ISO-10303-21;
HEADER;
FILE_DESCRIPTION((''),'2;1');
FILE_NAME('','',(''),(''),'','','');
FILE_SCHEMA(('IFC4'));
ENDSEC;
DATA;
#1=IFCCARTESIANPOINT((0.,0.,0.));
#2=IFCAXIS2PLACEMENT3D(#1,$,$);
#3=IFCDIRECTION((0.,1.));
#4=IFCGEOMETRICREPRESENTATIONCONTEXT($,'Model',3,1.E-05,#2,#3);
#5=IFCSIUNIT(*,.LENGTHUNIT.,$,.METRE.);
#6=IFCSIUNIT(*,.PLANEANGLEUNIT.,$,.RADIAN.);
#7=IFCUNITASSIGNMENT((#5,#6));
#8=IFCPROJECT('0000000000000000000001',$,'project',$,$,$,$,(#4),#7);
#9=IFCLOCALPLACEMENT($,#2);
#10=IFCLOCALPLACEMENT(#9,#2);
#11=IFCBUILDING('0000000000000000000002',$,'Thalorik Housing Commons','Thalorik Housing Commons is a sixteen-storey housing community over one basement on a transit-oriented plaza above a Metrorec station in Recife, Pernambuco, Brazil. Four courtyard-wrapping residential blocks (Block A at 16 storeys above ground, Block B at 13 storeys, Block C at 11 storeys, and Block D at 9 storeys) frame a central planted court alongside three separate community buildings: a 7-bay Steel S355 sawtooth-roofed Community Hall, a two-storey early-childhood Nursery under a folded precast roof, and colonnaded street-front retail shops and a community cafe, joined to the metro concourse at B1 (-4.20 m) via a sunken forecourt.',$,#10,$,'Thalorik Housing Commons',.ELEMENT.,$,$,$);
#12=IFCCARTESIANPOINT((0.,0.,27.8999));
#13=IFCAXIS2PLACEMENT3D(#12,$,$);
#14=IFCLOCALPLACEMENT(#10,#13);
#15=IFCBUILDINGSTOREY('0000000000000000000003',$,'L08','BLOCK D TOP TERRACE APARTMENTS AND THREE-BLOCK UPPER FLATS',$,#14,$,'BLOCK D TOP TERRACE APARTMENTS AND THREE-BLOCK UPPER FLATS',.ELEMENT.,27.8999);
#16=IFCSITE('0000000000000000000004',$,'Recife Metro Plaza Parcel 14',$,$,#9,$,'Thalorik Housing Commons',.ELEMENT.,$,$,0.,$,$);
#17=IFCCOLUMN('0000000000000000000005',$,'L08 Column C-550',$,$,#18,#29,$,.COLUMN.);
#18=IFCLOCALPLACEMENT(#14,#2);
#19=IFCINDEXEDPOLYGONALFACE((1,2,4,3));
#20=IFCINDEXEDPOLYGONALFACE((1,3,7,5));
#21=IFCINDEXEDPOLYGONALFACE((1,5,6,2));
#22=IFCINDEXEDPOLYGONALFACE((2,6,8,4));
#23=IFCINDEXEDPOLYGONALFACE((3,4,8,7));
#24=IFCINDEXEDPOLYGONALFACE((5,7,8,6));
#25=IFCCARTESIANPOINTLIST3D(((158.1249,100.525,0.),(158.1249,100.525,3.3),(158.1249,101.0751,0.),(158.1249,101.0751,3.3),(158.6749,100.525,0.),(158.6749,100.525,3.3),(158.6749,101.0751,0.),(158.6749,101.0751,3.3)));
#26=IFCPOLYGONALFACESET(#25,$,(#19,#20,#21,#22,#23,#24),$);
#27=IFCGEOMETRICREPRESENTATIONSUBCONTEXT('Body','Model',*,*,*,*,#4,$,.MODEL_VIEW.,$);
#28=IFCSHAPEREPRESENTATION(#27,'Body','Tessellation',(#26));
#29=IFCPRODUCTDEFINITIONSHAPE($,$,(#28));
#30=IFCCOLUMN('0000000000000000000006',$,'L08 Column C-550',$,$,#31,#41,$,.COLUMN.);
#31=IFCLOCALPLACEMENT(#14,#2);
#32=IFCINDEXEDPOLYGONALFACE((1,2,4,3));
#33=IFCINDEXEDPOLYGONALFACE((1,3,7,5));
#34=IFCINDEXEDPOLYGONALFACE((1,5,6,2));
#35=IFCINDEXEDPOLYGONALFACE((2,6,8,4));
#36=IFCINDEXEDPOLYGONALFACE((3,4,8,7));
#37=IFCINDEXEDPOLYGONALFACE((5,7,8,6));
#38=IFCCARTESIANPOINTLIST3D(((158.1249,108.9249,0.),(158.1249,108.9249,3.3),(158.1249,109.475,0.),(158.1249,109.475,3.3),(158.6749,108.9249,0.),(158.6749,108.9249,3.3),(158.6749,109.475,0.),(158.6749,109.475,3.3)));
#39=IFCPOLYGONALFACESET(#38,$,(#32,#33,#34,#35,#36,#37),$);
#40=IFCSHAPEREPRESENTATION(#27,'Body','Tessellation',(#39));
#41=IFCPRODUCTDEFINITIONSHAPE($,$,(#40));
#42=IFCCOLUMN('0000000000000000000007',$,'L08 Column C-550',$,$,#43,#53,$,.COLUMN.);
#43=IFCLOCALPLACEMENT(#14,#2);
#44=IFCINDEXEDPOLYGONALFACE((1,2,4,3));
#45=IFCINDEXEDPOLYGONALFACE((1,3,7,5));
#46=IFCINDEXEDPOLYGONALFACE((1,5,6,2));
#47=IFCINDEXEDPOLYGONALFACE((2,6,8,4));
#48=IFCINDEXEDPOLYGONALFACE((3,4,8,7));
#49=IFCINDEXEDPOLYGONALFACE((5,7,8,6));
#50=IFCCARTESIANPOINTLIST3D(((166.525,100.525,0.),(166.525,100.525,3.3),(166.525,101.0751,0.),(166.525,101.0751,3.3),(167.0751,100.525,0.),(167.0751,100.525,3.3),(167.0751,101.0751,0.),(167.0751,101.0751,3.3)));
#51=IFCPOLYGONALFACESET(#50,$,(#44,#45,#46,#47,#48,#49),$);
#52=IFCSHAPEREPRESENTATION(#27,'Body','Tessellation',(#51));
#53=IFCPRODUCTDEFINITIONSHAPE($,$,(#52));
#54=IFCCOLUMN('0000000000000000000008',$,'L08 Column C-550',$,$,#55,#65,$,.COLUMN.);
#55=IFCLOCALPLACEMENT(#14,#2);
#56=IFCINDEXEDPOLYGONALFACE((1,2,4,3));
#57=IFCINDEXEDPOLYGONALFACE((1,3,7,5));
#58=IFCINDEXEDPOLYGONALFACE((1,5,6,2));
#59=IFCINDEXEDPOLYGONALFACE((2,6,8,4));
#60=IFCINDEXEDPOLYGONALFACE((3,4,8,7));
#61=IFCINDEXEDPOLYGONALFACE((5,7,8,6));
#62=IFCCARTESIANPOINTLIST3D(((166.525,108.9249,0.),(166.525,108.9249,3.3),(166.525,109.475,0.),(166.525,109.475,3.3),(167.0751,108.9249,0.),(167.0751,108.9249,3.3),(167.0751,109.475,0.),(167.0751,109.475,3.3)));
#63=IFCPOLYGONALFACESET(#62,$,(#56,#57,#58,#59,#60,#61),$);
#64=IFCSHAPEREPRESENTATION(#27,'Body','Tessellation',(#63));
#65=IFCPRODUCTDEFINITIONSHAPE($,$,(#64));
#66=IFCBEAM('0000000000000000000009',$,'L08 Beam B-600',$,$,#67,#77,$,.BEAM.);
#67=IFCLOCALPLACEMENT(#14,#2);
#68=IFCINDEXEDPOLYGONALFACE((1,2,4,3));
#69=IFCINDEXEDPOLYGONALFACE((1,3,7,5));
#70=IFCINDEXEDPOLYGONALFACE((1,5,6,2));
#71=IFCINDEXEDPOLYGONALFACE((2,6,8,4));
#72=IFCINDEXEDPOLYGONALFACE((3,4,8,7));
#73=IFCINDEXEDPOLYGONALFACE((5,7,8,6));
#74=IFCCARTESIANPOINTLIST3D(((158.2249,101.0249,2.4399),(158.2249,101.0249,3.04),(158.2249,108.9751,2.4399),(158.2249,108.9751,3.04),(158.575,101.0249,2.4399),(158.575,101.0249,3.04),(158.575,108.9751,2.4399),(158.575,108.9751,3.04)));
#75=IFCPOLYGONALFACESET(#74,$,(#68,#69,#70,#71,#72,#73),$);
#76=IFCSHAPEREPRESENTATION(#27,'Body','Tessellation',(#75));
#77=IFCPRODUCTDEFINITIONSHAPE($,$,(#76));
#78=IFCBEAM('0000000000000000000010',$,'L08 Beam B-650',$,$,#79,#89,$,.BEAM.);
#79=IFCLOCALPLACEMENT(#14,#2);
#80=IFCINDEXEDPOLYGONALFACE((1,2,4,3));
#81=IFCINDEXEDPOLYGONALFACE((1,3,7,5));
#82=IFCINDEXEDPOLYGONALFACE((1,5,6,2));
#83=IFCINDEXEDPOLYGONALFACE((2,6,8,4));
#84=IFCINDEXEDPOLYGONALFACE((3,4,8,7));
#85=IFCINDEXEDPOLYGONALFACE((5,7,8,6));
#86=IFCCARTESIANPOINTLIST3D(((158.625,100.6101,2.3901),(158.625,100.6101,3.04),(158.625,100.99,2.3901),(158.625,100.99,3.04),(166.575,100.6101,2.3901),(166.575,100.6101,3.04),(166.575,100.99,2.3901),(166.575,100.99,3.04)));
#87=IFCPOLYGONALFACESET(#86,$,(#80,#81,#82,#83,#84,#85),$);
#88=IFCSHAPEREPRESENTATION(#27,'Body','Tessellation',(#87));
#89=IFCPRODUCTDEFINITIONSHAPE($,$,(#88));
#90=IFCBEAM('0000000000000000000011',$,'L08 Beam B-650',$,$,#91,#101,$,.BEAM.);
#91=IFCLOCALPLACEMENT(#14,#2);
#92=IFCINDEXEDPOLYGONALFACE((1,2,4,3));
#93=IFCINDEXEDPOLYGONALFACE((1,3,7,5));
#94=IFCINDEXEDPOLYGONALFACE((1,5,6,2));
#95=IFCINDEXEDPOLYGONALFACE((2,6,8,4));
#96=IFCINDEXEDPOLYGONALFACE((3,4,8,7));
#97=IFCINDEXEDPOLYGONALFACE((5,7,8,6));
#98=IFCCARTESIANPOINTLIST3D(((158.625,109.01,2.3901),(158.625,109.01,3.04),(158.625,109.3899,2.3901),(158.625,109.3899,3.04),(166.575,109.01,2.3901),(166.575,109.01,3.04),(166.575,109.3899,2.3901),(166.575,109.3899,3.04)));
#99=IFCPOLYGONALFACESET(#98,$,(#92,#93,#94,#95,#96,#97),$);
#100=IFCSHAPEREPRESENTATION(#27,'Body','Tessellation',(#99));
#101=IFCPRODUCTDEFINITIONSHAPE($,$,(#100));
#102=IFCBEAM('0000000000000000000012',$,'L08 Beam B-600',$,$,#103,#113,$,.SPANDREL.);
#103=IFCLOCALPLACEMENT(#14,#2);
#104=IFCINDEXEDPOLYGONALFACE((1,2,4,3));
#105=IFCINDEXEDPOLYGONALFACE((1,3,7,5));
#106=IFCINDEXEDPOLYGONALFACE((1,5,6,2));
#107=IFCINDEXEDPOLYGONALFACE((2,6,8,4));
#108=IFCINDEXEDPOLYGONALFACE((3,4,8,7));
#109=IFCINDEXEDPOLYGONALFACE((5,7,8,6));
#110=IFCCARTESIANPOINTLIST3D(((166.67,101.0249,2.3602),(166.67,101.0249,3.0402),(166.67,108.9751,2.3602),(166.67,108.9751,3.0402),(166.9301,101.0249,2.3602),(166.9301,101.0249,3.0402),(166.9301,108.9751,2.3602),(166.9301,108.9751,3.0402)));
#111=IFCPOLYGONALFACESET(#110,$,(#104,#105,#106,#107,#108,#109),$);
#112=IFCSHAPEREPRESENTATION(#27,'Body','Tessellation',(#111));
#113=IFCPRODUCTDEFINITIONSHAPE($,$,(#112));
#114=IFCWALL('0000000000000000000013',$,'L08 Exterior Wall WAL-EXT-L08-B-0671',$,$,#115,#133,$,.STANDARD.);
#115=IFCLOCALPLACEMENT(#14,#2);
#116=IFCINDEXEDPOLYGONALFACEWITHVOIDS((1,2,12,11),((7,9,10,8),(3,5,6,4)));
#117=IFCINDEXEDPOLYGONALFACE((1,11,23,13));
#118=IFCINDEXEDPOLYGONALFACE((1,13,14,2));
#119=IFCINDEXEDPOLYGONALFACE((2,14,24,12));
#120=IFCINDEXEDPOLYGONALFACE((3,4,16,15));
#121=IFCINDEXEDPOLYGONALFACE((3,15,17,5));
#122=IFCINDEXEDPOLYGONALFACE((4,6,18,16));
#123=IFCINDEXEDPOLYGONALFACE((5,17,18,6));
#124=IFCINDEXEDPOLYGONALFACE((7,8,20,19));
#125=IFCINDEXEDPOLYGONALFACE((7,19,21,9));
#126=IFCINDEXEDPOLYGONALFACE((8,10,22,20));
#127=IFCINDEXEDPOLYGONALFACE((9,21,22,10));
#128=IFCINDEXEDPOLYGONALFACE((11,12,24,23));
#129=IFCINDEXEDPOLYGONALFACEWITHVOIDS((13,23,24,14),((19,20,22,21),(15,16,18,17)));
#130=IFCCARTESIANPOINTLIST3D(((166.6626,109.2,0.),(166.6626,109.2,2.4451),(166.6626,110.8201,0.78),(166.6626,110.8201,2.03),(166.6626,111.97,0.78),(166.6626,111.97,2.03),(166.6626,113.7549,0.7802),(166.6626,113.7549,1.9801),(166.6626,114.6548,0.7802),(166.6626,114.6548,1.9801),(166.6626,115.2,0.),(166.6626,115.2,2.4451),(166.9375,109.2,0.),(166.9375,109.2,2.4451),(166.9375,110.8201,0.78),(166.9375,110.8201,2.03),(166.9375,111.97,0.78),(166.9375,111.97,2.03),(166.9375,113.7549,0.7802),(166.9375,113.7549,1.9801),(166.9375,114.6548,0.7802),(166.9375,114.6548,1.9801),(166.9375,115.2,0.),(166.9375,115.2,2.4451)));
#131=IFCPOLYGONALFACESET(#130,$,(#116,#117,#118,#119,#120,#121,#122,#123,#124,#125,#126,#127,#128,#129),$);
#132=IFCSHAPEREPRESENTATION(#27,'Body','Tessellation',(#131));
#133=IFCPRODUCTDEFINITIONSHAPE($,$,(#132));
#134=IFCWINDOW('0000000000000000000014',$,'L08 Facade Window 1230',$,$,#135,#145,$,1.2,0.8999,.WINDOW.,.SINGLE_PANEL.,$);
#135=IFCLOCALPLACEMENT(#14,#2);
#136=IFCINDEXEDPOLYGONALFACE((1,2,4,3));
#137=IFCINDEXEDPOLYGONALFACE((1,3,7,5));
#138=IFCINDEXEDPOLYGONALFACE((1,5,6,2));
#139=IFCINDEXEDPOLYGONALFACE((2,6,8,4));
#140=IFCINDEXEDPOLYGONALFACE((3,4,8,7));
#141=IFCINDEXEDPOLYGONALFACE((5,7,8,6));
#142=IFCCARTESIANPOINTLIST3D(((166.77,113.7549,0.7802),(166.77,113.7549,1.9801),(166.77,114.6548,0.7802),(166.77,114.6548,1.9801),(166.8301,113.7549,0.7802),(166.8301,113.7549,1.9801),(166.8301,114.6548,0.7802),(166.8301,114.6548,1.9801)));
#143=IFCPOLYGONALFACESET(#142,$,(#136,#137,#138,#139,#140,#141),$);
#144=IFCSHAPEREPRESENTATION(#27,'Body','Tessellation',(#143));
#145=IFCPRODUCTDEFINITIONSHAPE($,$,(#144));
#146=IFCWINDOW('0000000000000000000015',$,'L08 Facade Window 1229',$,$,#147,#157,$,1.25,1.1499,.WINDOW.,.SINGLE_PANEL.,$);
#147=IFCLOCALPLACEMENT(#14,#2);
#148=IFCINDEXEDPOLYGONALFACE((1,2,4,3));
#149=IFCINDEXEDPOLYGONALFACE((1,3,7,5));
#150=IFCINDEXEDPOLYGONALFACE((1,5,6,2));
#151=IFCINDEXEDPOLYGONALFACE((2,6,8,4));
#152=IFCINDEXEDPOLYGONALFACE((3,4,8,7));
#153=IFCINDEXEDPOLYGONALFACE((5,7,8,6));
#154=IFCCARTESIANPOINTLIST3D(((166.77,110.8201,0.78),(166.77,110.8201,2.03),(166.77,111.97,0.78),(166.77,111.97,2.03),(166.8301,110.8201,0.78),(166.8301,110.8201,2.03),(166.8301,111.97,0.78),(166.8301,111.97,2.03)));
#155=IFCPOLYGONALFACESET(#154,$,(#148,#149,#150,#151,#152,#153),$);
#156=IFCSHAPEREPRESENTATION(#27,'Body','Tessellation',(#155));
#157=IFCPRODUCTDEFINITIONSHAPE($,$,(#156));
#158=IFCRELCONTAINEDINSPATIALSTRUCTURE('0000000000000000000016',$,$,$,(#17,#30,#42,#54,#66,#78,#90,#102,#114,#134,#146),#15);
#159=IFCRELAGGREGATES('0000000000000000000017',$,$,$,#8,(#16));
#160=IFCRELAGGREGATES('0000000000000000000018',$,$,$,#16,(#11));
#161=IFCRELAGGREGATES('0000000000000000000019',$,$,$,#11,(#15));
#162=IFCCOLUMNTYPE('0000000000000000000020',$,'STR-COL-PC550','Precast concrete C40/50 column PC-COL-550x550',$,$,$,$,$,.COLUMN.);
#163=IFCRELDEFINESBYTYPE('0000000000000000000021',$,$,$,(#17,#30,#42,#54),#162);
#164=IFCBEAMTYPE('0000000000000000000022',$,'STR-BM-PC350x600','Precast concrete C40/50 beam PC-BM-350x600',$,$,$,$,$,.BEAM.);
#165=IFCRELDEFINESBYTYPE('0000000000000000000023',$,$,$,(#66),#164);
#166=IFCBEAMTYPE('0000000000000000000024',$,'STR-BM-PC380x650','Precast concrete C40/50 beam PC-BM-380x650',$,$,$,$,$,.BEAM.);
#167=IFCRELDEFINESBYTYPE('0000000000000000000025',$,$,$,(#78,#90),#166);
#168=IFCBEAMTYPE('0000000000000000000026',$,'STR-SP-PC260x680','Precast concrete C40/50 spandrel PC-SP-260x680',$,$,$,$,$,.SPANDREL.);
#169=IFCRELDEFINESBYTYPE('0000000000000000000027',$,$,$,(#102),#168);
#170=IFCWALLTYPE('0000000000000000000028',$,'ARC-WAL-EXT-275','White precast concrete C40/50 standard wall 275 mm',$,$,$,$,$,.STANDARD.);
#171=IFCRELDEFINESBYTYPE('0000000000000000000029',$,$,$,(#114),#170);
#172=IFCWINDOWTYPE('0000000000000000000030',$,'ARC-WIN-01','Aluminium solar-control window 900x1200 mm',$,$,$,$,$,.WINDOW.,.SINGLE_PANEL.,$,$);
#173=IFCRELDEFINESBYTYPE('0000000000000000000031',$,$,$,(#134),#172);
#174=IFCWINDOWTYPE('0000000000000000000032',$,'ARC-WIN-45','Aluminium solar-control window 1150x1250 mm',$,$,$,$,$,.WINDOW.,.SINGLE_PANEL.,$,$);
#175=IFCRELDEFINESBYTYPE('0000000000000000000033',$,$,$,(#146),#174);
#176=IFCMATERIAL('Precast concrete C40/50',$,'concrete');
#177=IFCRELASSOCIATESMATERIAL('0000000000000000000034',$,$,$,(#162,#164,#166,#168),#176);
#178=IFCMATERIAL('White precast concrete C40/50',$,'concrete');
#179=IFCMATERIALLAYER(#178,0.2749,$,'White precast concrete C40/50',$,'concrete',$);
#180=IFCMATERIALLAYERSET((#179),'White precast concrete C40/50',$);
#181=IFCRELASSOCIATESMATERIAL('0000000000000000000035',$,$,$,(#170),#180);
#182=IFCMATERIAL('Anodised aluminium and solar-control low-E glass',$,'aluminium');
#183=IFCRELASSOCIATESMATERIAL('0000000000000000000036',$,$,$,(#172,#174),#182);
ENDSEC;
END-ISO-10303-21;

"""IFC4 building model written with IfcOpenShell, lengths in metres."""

from ifc_helpers import new_model, si_unit, direction, frame, frame_2d, origin, origin_2d, place, context, subcontext, project, spatial, rectangle, extrude, material, layer, layer_set, material_profile, profile_set, type_object, element, fill, save


model = new_model("IFC4")

# Units and contexts
model_context = context("Model", 3, precision=1e-05, world=origin(), true_north=direction((0.0, 1.0)))
body_context = subcontext(model_context, "Body", "Model", "MODEL_VIEW")
ifc_project = project(units=[si_unit("LENGTHUNIT", "METRE"), si_unit("PLANEANGLEUNIT", "RADIAN")], contexts=[model_context])

# Site, building, storey
site_placement = place(None, origin())
site = spatial("IfcSite", under=ifc_project, at=site_placement, Name="Recife Metro Plaza Parcel 14", LongName="Thalorik Housing Commons", CompositionType="ELEMENT", RefElevation=0.0)
building_placement = place(site_placement, origin())
building = spatial("IfcBuilding", under=site, at=building_placement, Name="Thalorik Housing Commons", Description="Thalorik Housing Commons is a sixteen-storey housing community over one basement on a transit-oriented plaza above a Metrorec station in Recife, Pernambuco, Brazil. Four courtyard-wrapping residential blocks (Block A at 16 storeys above ground, Block B at 13 storeys, Block C at 11 storeys, and Block D at 9 storeys) frame a central planted court alongside three separate community buildings: a 7-bay Steel S355 sawtooth-roofed Community Hall, a two-storey early-childhood Nursery under a folded precast roof, and colonnaded street-front retail shops and a community cafe, joined to the metro concourse at B1 (-4.20 m) via a sunken forecourt.", LongName="Thalorik Housing Commons", CompositionType="ELEMENT")
storey_placement = place(building_placement, frame((0.0, 0.0, 27.8999)))
storey = spatial("IfcBuildingStorey", under=building, at=storey_placement, Name="L08", Description="BLOCK D TOP TERRACE APARTMENTS AND THREE-BLOCK UPPER FLATS", LongName="BLOCK D TOP TERRACE APARTMENTS AND THREE-BLOCK UPPER FLATS", CompositionType="ELEMENT", Elevation=27.8999)

# Columns
ifc_material_1 = material(Name="Precast concrete C40/50", Category="concrete")
ifc_material_profile_1 = material_profile(ifc_material_1, rectangle(XDim=0.55, YDim=0.55, at=origin_2d()), Name="PC 550x550", Category="concrete")
ifc_profile_set_1 = profile_set([ifc_material_profile_1], Name="Precast concrete C40/50")
column_type = type_object("IfcColumnType", Name="STR-COL-PC550", Description="Precast concrete C40/50 column PC-COL-550x550", PredefinedType="COLUMN", material=ifc_profile_set_1)
for number, where, z_axis, x_axis, name in (
    (1, (158.3999, 100.8, 0.0), (0.0, 0.0, 1.0), (1.0, 0.0, 0.0), "L08 Column C-550"),
    (2, (158.3999, 109.2, 0.0), (0.0, 0.0, 1.0), (1.0, 0.0, 0.0), "L08 Column C-550"),
    (3, (166.8, 100.8, 0.0), (0.0, 0.0, 1.0), (1.0, 0.0, 0.0), "L08 Column C-550"),
    (4, (166.8, 109.2, 0.0), (0.0, 0.0, 1.0), (1.0, 0.0, 0.0), "L08 Column C-550"),
):
    element("IfcColumn", number, at=place(storey_placement, frame(where, z_axis=z_axis, x_axis=x_axis)), inside=storey, type_object=column_type, Name=name, PredefinedType="COLUMN", context=body_context, shape_type="SweptSolid", body=[
        extrude(rectangle(XDim=0.55, YDim=0.55, at=origin_2d()), origin(), (0.0, 0.0, 1.0), 3.3),
    ])

# Beams
ifc_material_profile_2 = material_profile(ifc_material_1, rectangle(XDim=0.3501, YDim=0.6001, at=origin_2d()), Name="PC 350x600", Category="concrete")
ifc_profile_set_2 = profile_set([ifc_material_profile_2], Name="Precast concrete C40/50")
beam_type_1 = type_object("IfcBeamType", Name="STR-BM-PC350x600", Description="Precast concrete C40/50 beam PC-BM-350x600", PredefinedType="BEAM", material=ifc_profile_set_2)
beam_1_placement = place(storey_placement, frame((158.3999, 101.0249, 2.74), z_axis=(0.0, 1.0, 0.0), x_axis=(-1.0, 0.0, 0.0)))
element("IfcBeam", 5, at=beam_1_placement, inside=storey, type_object=beam_type_1, Name="L08 Beam B-600", PredefinedType="BEAM", context=body_context, shape_type="SweptSolid", body=[
    extrude(rectangle(XDim=0.3501, YDim=0.6001, at=origin_2d()), origin(), (0.0, 0.0, 1.0), 7.9502),
])
ifc_material_profile_3 = material_profile(ifc_material_1, rectangle(XDim=0.3799, YDim=0.6499, at=origin_2d()), Name="PC 380x650", Category="concrete")
ifc_profile_set_3 = profile_set([ifc_material_profile_3], Name="Precast concrete C40/50")
beam_type_2 = type_object("IfcBeamType", Name="STR-BM-PC380x650", Description="Precast concrete C40/50 beam PC-BM-380x650", PredefinedType="BEAM", material=ifc_profile_set_3)
for number, where, z_axis, x_axis, name in (
    (6, (158.625, 100.8, 2.7151), (1.0, 0.0, 0.0), (0.0, 1.0, 0.0), "L08 Beam B-650"),
    (7, (158.625, 109.2, 2.7151), (1.0, 0.0, 0.0), (0.0, 1.0, 0.0), "L08 Beam B-650"),
):
    element("IfcBeam", number, at=place(storey_placement, frame(where, z_axis=z_axis, x_axis=x_axis)), inside=storey, type_object=beam_type_2, Name=name, PredefinedType="BEAM", context=body_context, shape_type="SweptSolid", body=[
        extrude(rectangle(XDim=0.3799, YDim=0.6499, at=origin_2d()), origin(), (0.0, 0.0, 1.0), 7.95),
    ])
ifc_material_profile_4 = material_profile(ifc_material_1, rectangle(XDim=0.26, YDim=0.6799, at=origin_2d()), Name="PC SP 260x680", Category="concrete")
ifc_profile_set_4 = profile_set([ifc_material_profile_4], Name="Precast concrete C40/50")
beam_type_3 = type_object("IfcBeamType", Name="STR-SP-PC260x680", Description="Precast concrete C40/50 spandrel PC-SP-260x680", PredefinedType="SPANDREL", material=ifc_profile_set_4)
beam_2_placement = place(storey_placement, frame((166.8, 101.0249, 2.7002), z_axis=(0.0, 1.0, 0.0), x_axis=(-1.0, 0.0, 0.0)))
element("IfcBeam", 8, at=beam_2_placement, inside=storey, type_object=beam_type_3, Name="L08 Beam B-600", PredefinedType="SPANDREL", context=body_context, shape_type="SweptSolid", body=[
    extrude(rectangle(XDim=0.26, YDim=0.6799, at=origin_2d()), origin(), (0.0, 0.0, 1.0), 7.9502),
])

# Wall, openings, windows
ifc_material_2 = material(Name="White precast concrete C40/50", Category="concrete")
ifc_layer_1 = layer(ifc_material_2, 0.2749, Name="White precast concrete C40/50", Category="concrete")
ifc_layer_set_1 = layer_set([ifc_layer_1], Name="White precast concrete C40/50")
wall_type_1 = type_object("IfcWallType", Name="ARC-WAL-EXT-275", Description="White precast concrete C40/50 standard wall 275 mm", PredefinedType="STANDARD", material=ifc_layer_set_1)
wall_1_placement = place(storey_placement, frame((166.8, 109.2, 0.0), z_axis=(0.0, 0.0, 1.0), x_axis=(0.0, 1.0, 0.0)))
wall_1 = element("IfcWall", 9, at=wall_1_placement, inside=storey, type_object=wall_type_1, Name="L08 Exterior Wall WAL-EXT-L08-B-0671", PredefinedType="STANDARD", context=body_context, shape_type="SweptSolid", body=[
    extrude(rectangle(XDim=6.0, YDim=0.2749, at=frame_2d((3.0, 0.0))), origin(), (0.0, 0.0, 1.0), 2.4451),
])
opening_1_placement = place(wall_1_placement, frame((1.6201, 0.0, 0.78)))
opening_1 = element("IfcOpeningElement", 10, at=opening_1_placement, cuts=wall_1, PredefinedType="OPENING", context=body_context, shape_type="SweptSolid", body=[
    extrude(rectangle(XDim=1.1499, YDim=1.25, at=frame_2d((0.575, 0.625))), frame((0.0, 0.1475, 0.0), z_axis=(0.0, -1.0, 0.0), x_axis=(1.0, 0.0, 0.0)), (0.0, 0.0, 1.0), 0.2949),
])
opening_2_placement = place(wall_1_placement, frame((4.5549, 0.0, 0.78)))
opening_2 = element("IfcOpeningElement", 11, at=opening_2_placement, cuts=wall_1, PredefinedType="OPENING", context=body_context, shape_type="SweptSolid", body=[
    extrude(rectangle(XDim=0.8999, YDim=1.2, at=frame_2d((0.45, 0.6001))), frame((0.0, 0.1475, 0.0), z_axis=(0.0, -1.0, 0.0), x_axis=(1.0, 0.0, 0.0)), (0.0, 0.0, 1.0), 0.2949),
])
ifc_material_3 = material(Name="Anodised aluminium and solar-control low-E glass", Category="aluminium")
window_type_1 = type_object("IfcWindowType", Name="ARC-WIN-01", Description="Aluminium solar-control window 900x1200 mm", PartitioningType="SINGLE_PANEL", PredefinedType="WINDOW", material=ifc_material_3)
window_1_placement = place(opening_2_placement, origin())
window_1 = element("IfcWindow", 12, at=window_1_placement, inside=storey, type_object=window_type_1, Name="L08 Facade Window 1230", OverallHeight=1.2, OverallWidth=0.8999, PartitioningType="SINGLE_PANEL", PredefinedType="WINDOW", context=body_context, shape_type="SweptSolid", body=[
    extrude(rectangle(XDim=0.8999, YDim=1.2, at=frame_2d((0.45, 0.6001))), frame((0.0, 0.03, 0.0), z_axis=(0.0, -1.0, 0.0), x_axis=(1.0, 0.0, 0.0)), (0.0, 0.0, 1.0), 0.0601),
])
fill(opening_2, window_1)
window_type_2 = type_object("IfcWindowType", Name="ARC-WIN-45", Description="Aluminium solar-control window 1150x1250 mm", PartitioningType="SINGLE_PANEL", PredefinedType="WINDOW", material=ifc_material_3)
window_2_placement = place(opening_1_placement, origin())
window_2 = element("IfcWindow", 13, at=window_2_placement, inside=storey, type_object=window_type_2, Name="L08 Facade Window 1229", OverallHeight=1.25, OverallWidth=1.1499, PartitioningType="SINGLE_PANEL", PredefinedType="WINDOW", context=body_context, shape_type="SweptSolid", body=[
    extrude(rectangle(XDim=1.1499, YDim=1.25, at=frame_2d((0.575, 0.625))), frame((0.0, 0.03, 0.0), z_axis=(0.0, -1.0, 0.0), x_axis=(1.0, 0.0, 0.0)), (0.0, 0.0, 1.0), 0.0601),
])
fill(opening_1, window_2)

save(model, "model.ifc")
